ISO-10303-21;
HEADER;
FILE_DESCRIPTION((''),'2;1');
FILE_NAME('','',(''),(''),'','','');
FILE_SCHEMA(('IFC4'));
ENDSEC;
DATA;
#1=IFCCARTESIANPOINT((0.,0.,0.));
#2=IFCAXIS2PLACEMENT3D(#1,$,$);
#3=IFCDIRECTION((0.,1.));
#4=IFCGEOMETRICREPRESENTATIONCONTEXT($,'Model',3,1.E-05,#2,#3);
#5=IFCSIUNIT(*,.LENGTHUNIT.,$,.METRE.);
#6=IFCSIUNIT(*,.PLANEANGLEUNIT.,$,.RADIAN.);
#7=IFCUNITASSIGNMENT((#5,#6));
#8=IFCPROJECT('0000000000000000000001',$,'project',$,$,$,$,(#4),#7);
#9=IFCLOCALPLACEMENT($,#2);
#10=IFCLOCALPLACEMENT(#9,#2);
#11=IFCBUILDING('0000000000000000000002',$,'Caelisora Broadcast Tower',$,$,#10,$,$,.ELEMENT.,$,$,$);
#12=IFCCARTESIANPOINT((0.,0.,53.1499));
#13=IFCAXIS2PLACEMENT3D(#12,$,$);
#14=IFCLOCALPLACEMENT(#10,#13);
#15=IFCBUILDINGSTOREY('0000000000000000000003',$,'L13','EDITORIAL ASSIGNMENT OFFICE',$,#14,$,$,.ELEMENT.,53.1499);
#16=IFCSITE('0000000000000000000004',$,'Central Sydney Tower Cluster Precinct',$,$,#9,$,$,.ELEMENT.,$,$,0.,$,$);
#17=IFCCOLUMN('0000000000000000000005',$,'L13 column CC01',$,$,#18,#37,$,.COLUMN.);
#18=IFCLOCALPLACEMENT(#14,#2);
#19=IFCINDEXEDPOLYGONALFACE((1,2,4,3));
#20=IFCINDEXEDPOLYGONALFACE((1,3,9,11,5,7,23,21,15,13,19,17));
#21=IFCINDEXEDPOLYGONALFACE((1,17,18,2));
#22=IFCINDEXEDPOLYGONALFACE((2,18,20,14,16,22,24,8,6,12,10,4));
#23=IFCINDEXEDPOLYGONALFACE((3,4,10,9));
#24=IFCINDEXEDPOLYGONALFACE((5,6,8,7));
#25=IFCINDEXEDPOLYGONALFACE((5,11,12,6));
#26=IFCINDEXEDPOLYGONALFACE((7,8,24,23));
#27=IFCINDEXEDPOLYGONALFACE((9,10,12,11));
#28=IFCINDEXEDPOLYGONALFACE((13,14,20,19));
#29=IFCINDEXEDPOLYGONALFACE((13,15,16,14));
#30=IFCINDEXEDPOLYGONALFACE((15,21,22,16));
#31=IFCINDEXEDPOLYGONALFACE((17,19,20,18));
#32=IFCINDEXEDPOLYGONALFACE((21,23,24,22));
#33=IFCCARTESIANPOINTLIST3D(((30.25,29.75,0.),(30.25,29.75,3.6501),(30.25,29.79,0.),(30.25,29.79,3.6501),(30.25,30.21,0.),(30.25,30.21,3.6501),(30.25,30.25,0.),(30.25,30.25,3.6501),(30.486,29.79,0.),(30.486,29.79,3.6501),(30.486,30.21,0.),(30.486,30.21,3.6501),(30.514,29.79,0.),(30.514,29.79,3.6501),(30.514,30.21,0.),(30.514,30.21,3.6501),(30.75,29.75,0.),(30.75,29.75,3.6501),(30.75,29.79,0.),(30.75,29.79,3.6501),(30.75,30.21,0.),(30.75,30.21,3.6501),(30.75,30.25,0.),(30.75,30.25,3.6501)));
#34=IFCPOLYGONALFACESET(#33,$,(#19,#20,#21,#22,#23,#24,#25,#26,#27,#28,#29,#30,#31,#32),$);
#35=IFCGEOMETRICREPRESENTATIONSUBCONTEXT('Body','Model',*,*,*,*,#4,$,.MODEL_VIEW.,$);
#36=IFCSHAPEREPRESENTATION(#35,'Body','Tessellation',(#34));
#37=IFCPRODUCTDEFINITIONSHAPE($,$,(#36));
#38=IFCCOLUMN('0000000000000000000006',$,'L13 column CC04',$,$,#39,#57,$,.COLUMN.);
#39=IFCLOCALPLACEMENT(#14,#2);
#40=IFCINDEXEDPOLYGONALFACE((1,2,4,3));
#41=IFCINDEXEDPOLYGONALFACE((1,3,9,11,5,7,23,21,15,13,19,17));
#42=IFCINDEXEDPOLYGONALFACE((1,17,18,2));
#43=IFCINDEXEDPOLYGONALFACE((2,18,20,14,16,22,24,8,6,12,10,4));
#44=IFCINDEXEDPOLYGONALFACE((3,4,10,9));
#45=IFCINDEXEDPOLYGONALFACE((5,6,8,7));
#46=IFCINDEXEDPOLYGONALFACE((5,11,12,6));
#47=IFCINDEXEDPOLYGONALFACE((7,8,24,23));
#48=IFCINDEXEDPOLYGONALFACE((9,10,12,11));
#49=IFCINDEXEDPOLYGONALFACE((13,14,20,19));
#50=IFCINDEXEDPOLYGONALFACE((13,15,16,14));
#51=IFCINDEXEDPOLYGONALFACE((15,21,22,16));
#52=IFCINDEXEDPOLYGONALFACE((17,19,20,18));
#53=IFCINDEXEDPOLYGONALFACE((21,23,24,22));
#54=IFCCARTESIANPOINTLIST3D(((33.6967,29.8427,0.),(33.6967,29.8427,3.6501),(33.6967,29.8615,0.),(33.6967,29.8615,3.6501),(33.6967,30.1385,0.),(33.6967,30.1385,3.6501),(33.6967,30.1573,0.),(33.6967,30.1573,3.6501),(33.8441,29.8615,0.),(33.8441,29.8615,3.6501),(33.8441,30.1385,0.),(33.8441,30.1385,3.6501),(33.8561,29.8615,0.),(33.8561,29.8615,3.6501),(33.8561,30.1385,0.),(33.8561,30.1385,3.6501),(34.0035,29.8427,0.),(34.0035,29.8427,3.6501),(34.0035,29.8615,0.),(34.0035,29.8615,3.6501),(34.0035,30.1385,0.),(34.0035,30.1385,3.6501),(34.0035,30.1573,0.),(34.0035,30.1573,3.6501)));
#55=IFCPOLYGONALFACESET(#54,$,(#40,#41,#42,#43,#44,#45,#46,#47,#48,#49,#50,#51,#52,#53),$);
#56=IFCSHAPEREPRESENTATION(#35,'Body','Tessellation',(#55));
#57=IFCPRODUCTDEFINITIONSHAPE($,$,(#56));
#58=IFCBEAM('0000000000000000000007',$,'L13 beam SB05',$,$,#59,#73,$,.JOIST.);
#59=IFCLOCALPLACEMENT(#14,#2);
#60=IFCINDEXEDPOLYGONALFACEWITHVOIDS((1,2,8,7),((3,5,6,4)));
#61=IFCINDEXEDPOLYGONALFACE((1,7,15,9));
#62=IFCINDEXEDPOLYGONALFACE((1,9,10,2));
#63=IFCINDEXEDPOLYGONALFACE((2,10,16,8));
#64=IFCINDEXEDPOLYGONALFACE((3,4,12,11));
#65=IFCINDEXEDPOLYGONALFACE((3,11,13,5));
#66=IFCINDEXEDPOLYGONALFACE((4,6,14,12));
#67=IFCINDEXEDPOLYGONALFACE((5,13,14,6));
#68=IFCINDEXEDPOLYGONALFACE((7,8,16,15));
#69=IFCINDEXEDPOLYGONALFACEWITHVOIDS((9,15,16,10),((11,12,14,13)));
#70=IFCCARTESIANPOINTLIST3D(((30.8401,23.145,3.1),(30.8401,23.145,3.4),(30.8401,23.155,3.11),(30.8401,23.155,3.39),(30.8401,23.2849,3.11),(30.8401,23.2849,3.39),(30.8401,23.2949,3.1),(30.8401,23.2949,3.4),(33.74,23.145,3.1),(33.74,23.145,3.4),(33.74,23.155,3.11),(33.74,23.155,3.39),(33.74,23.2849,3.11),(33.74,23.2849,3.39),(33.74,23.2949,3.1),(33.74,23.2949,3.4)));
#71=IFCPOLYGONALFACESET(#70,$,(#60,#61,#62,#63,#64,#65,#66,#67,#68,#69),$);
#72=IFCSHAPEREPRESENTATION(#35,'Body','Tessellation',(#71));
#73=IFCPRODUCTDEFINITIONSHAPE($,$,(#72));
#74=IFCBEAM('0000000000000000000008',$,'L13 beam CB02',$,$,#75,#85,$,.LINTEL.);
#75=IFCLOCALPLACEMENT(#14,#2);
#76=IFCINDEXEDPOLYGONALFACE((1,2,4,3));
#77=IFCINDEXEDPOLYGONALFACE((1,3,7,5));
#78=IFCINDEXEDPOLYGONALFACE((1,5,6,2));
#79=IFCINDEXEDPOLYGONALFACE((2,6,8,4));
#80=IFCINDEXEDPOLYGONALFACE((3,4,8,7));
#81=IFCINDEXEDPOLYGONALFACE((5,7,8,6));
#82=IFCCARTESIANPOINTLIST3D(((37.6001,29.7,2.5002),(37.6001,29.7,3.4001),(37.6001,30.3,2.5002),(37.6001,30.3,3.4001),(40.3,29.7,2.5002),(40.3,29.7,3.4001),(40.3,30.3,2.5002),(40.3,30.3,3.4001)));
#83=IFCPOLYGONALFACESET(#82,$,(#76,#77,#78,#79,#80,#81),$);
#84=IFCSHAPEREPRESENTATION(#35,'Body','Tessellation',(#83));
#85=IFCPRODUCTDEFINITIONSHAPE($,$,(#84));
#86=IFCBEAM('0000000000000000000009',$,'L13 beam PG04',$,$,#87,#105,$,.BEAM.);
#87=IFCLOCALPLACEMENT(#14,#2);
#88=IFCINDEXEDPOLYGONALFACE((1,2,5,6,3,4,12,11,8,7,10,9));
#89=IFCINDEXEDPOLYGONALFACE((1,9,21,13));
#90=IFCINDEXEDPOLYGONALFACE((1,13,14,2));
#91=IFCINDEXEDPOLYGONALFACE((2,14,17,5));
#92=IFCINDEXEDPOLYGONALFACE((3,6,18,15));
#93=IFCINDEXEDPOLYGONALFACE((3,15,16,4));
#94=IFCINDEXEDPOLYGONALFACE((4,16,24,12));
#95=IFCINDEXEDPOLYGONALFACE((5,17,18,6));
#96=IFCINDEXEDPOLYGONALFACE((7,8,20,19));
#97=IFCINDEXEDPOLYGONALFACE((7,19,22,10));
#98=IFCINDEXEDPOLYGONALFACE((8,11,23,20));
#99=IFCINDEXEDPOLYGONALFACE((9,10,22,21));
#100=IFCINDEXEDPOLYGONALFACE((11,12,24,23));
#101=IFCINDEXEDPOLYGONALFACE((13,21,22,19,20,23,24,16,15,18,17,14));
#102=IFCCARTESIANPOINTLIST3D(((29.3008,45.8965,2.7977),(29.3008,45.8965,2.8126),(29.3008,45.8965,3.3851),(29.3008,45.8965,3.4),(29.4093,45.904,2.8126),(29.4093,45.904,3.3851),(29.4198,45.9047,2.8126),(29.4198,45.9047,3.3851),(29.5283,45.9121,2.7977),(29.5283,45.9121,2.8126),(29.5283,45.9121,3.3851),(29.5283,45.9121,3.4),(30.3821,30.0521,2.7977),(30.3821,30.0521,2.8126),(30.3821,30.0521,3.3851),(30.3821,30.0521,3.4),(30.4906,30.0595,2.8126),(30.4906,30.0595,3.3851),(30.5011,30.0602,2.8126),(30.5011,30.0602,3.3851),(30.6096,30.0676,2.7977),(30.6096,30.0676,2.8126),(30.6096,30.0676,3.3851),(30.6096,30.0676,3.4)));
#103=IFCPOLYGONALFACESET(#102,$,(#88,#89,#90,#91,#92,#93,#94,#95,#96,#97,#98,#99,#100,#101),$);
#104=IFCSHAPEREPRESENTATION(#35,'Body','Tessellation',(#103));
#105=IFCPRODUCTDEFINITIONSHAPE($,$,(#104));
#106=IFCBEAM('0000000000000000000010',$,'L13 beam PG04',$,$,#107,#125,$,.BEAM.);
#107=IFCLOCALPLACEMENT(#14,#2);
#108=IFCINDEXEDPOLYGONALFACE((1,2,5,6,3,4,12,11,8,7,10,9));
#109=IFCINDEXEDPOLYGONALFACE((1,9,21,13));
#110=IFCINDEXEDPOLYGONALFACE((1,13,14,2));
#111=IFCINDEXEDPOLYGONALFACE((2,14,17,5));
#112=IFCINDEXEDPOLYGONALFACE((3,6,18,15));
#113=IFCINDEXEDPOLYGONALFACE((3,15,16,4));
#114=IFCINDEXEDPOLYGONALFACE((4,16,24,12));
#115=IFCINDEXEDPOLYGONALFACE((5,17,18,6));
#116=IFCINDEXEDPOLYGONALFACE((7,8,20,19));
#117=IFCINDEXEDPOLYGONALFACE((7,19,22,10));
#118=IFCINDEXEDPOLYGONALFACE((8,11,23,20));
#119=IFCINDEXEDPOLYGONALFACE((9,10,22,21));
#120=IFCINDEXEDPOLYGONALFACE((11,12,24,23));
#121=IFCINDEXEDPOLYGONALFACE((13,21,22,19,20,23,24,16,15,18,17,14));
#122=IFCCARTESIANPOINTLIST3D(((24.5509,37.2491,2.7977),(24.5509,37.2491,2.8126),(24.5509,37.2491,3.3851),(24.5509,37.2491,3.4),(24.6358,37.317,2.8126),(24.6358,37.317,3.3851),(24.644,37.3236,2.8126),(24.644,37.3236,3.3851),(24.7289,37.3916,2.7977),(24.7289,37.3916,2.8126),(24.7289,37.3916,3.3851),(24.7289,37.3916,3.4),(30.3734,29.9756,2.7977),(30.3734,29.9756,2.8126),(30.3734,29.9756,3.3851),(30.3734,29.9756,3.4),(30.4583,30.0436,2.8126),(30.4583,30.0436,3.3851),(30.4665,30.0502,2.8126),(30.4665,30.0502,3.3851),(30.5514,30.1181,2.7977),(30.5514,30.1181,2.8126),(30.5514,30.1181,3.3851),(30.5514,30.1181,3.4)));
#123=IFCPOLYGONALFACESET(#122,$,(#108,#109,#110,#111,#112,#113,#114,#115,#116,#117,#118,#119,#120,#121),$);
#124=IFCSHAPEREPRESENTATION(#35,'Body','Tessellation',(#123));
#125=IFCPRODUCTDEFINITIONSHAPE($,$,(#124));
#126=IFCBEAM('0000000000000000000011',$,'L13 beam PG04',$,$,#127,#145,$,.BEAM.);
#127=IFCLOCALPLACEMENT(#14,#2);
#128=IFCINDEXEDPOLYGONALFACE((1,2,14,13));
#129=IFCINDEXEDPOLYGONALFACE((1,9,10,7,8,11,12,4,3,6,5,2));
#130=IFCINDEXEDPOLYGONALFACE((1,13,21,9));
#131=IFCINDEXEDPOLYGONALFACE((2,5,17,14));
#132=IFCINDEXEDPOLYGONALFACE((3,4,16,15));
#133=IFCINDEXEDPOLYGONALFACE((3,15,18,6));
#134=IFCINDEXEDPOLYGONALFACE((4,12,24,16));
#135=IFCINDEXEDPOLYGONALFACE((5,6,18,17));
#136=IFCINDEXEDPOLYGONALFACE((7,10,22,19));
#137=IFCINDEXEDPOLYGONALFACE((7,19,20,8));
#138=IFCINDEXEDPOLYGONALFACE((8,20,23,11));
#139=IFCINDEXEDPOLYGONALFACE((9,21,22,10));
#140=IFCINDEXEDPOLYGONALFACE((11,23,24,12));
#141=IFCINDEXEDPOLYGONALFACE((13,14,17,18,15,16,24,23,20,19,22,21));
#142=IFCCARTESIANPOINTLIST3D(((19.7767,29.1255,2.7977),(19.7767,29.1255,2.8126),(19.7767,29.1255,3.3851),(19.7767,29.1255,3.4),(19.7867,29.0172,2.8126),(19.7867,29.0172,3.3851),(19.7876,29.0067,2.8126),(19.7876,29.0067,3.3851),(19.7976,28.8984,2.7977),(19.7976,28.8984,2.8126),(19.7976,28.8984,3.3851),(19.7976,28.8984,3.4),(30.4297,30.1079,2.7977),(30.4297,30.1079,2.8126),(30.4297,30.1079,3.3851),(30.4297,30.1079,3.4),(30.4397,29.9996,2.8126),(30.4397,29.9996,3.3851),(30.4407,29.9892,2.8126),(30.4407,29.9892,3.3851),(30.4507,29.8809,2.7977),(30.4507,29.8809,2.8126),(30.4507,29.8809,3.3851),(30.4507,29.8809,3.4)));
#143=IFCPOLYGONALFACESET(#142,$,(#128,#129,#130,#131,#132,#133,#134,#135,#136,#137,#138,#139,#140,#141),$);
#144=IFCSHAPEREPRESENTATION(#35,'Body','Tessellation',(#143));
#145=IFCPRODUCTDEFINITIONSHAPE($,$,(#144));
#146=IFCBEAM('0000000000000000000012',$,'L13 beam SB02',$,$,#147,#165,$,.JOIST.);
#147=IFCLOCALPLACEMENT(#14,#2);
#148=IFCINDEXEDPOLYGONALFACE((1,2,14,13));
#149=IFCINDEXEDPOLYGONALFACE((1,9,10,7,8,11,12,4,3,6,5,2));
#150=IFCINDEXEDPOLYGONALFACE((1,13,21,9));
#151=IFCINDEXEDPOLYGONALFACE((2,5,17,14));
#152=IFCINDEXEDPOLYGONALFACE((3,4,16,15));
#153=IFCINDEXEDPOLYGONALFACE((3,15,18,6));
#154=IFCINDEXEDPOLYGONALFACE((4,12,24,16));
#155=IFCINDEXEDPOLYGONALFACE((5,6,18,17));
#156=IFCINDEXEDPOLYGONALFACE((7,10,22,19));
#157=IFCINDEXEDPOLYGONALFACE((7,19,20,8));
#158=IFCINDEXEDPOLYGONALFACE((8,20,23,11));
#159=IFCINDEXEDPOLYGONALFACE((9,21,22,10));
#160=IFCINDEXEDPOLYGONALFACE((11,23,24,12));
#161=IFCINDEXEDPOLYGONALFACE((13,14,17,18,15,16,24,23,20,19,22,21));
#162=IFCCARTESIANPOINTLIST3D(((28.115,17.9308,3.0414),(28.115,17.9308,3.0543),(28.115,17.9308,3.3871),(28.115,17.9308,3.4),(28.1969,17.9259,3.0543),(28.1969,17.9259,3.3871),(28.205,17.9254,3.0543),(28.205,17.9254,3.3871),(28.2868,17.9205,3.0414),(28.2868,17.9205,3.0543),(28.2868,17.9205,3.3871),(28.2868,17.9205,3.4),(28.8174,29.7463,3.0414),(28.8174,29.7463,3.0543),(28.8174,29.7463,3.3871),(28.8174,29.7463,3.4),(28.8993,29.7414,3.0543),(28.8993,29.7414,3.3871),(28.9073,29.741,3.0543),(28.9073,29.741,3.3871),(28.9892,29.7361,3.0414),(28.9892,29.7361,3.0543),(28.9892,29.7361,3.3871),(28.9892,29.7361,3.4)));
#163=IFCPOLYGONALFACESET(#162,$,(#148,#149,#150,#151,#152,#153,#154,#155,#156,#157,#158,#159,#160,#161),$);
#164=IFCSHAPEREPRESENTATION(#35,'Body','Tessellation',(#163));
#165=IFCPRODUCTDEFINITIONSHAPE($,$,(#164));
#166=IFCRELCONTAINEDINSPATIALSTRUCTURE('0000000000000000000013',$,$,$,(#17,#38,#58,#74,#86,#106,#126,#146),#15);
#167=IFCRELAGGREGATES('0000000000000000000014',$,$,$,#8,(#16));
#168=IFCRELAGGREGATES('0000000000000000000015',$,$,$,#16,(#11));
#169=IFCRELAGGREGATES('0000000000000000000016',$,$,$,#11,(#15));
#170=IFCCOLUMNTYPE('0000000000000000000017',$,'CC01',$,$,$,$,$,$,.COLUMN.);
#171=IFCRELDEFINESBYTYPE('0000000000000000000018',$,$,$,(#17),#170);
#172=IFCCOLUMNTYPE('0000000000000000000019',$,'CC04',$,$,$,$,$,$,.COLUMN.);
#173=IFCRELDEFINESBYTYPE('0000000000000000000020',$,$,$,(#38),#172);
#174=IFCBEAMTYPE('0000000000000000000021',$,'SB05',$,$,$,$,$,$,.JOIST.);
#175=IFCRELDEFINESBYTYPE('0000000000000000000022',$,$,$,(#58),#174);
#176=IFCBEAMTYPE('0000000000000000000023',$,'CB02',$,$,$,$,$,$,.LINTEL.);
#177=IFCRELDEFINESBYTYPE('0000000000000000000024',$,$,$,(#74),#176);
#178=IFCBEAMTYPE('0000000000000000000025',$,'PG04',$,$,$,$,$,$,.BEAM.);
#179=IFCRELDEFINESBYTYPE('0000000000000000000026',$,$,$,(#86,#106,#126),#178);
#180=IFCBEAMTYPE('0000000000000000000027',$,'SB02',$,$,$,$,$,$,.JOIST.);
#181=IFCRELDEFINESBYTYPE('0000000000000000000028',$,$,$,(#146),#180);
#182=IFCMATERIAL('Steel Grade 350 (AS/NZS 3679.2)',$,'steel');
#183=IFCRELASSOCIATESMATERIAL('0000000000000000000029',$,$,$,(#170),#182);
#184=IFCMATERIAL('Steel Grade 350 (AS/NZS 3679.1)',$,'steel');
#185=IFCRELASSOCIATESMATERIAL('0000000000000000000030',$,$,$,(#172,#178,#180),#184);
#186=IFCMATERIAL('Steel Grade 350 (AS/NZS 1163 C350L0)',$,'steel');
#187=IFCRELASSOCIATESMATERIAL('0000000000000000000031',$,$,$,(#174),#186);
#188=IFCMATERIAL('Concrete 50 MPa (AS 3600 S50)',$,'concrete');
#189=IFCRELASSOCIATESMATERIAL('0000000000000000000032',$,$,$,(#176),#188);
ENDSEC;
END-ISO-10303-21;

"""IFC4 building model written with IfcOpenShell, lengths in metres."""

from ifc_helpers import new_model, si_unit, direction, frame, origin, origin_2d, place, context, subcontext, project, spatial, rectangle, hollow_rectangle, i_section, extrude, source, transform, mapped, material, material_profile, profile_set, type_object, type_shapes, element, save


model = new_model("IFC4")

# Units and contexts
model_context = context("Model", 3, precision=1e-05, world=origin(), true_north=direction((0.0, 1.0)))
body_context = subcontext(model_context, "Body", "Model", "MODEL_VIEW")
ifc_project = project(units=[si_unit("LENGTHUNIT", "METRE"), si_unit("PLANEANGLEUNIT", "RADIAN")], contexts=[model_context])

# Site, building, storey
site_placement = place(None, origin())
site = spatial("IfcSite", under=ifc_project, at=site_placement, Name="Central Sydney Tower Cluster Precinct", CompositionType="ELEMENT", RefElevation=0.0)
building_placement = place(site_placement, origin())
building = spatial("IfcBuilding", under=site, at=building_placement, Name="Caelisora Broadcast Tower", CompositionType="ELEMENT")
storey_placement = place(building_placement, frame((0.0, 0.0, 53.1499)))
storey = spatial("IfcBuildingStorey", under=building, at=storey_placement, Name="L13", Description="EDITORIAL ASSIGNMENT OFFICE", CompositionType="ELEMENT", Elevation=53.1499)

# Columns
ifc_material_1 = material(Name="Steel Grade 350 (AS/NZS 3679.2)", Category="steel")
ifc_material_profile_1 = material_profile(ifc_material_1, i_section(OverallWidth=0.5, OverallDepth=0.5, WebThickness=0.0281, FlangeThickness=0.04, at=origin_2d()), Name="Steel Grade 350 (AS/NZS 3679.2)")
ifc_profile_set_1 = profile_set([ifc_material_profile_1], Name="Steel Grade 350 (AS/NZS 3679.2)")
column_type_1 = type_object("IfcColumnType", Name="CC01", PredefinedType="COLUMN", material=ifc_profile_set_1)
shared_shape_1 = source(origin(), body_context, "Body", "SweptSolid", [
    extrude(i_section(OverallWidth=0.5, OverallDepth=0.5, WebThickness=0.0281, FlangeThickness=0.04, at=origin_2d()), origin(), (0.0, 0.0, 1.0), 3.6501),
])
type_shapes(column_type_1, [shared_shape_1])
column_1_placement = place(storey_placement, frame((30.5, 30.0, 0.0), z_axis=(0.0, 0.0, 1.0), x_axis=(1.0, 0.0, 0.0)))
element("IfcColumn", 1, at=column_1_placement, inside=storey, type_object=column_type_1, Name="L13 column CC01", PredefinedType="COLUMN", context=body_context, shape_type="MappedRepresentation", body=[
    mapped(shared_shape_1, transform((0.0, 0.0, 0.0), scale=1.0)),
])
ifc_material_2 = material(Name="Steel Grade 350 (AS/NZS 3679.1)", Category="steel")
ifc_material_profile_2 = material_profile(ifc_material_2, i_section(OverallWidth=0.3069, OverallDepth=0.3147, WebThickness=0.012, FlangeThickness=0.0188, at=origin_2d()), Name="Steel Grade 350 (AS/NZS 3679.1)")
ifc_profile_set_2 = profile_set([ifc_material_profile_2], Name="Steel Grade 350 (AS/NZS 3679.1)")
column_type_2 = type_object("IfcColumnType", Name="CC04", PredefinedType="COLUMN", material=ifc_profile_set_2)
shared_shape_2 = source(origin(), body_context, "Body", "SweptSolid", [
    extrude(i_section(OverallWidth=0.3069, OverallDepth=0.3147, WebThickness=0.012, FlangeThickness=0.0188, at=origin_2d()), origin(), (0.0, 0.0, 1.0), 3.6501),
])
type_shapes(column_type_2, [shared_shape_2])
column_2_placement = place(storey_placement, frame((33.8501, 30.0, 0.0), z_axis=(0.0, 0.0, 1.0), x_axis=(1.0, 0.0, 0.0)))
element("IfcColumn", 2, at=column_2_placement, inside=storey, type_object=column_type_2, Name="L13 column CC04", PredefinedType="COLUMN", context=body_context, shape_type="MappedRepresentation", body=[
    mapped(shared_shape_2, transform((0.0, 0.0, 0.0), scale=1.0)),
])

# Beams
ifc_material_3 = material(Name="Steel Grade 350 (AS/NZS 1163 C350L0)", Category="steel")
ifc_material_profile_3 = material_profile(ifc_material_3, hollow_rectangle(XDim=0.1499, YDim=0.3, WallThickness=0.01, at=origin_2d()), Name="Steel Grade 350 (AS/NZS 1163 C350L0)")
ifc_profile_set_3 = profile_set([ifc_material_profile_3], Name="Steel Grade 350 (AS/NZS 1163 C350L0)")
beam_type_1 = type_object("IfcBeamType", Name="SB05", PredefinedType="JOIST", material=ifc_profile_set_3)
shared_shape_3 = source(origin(), body_context, "Body", "SweptSolid", [
    extrude(hollow_rectangle(XDim=0.1499, YDim=0.3, WallThickness=0.01, at=origin_2d()), origin(), (0.0, 0.0, 1.0), 2.8999),
])
type_shapes(beam_type_1, [shared_shape_3])
beam_1_placement = place(storey_placement, frame((30.8401, 23.22, 3.25), z_axis=(1.0, 0.0, 0.0), x_axis=(0.0, 1.0, 0.0)))
element("IfcBeam", 3, at=beam_1_placement, inside=storey, type_object=beam_type_1, Name="L13 beam SB05", PredefinedType="JOIST", context=body_context, shape_type="MappedRepresentation", body=[
    mapped(shared_shape_3, transform((0.0, 0.0, 0.0), scale=1.0)),
])
ifc_material_4 = material(Name="Concrete 50 MPa (AS 3600 S50)", Category="concrete")
ifc_material_profile_4 = material_profile(ifc_material_4, rectangle(XDim=0.6001, YDim=0.8999, at=origin_2d()), Name="Concrete 50 MPa (AS 3600 S50)")
ifc_profile_set_4 = profile_set([ifc_material_profile_4], Name="Concrete 50 MPa (AS 3600 S50)")
beam_type_2 = type_object("IfcBeamType", Name="CB02", PredefinedType="LINTEL", material=ifc_profile_set_4)
shared_shape_4 = source(origin(), body_context, "Body", "SweptSolid", [
    extrude(rectangle(XDim=0.6001, YDim=0.8999, at=origin_2d()), origin(), (0.0, 0.0, 1.0), 2.7),
])
type_shapes(beam_type_2, [shared_shape_4])
beam_2_placement = place(storey_placement, frame((37.6001, 30.0, 2.9502), z_axis=(1.0, 0.0, 0.0), x_axis=(0.0, 1.0, 0.0)))
element("IfcBeam", 4, at=beam_2_placement, inside=storey, type_object=beam_type_2, Name="L13 beam CB02", PredefinedType="LINTEL", context=body_context, shape_type="MappedRepresentation", body=[
    mapped(shared_shape_4, transform((0.0, 0.0, 0.0), scale=1.0)),
])
ifc_material_profile_5 = material_profile(ifc_material_2, i_section(OverallWidth=0.228, OverallDepth=0.6023, WebThickness=0.0105, FlangeThickness=0.0149, at=origin_2d()), Name="Steel Grade 350 (AS/NZS 3679.1)")
ifc_profile_set_5 = profile_set([ifc_material_profile_5], Name="Steel Grade 350 (AS/NZS 3679.1)")
beam_type_3 = type_object("IfcBeamType", Name="PG04", PredefinedType="BEAM", material=ifc_profile_set_5)
shared_shape_5 = source(origin(), body_context, "Body", "SweptSolid", [
    extrude(i_section(OverallWidth=0.228, OverallDepth=0.6023, WebThickness=0.0105, FlangeThickness=0.0149, at=origin_2d()), origin(), (0.0, 0.0, 1.0), 15.8813),
])
beam_3_placement = place(storey_placement, frame((30.4958, 30.0598, 3.0989), z_axis=(-0.068086, 0.997679, 0.0), x_axis=(-0.997679, -0.068086, 0.0)))
element("IfcBeam", 5, at=beam_3_placement, inside=storey, type_object=beam_type_3, Name="L13 beam PG04", PredefinedType="BEAM", context=body_context, shape_type="MappedRepresentation", body=[
    mapped(shared_shape_5, transform((0.0, 0.0, 0.0), scale=1.0)),
])
shared_shape_6 = source(origin(), body_context, "Body", "SweptSolid", [
    extrude(i_section(OverallWidth=0.228, OverallDepth=0.6023, WebThickness=0.0105, FlangeThickness=0.0149, at=origin_2d()), origin(), (0.0, 0.0, 1.0), 9.3169),
])
beam_4_placement = place(storey_placement, frame((30.4624, 30.0469, 3.0989), z_axis=(-0.624941, 0.780672, 0.0), x_axis=(-0.780672, -0.624941, 0.0)))
element("IfcBeam", 6, at=beam_4_placement, inside=storey, type_object=beam_type_3, Name="L13 beam PG04", PredefinedType="BEAM", context=body_context, shape_type="MappedRepresentation", body=[
    mapped(shared_shape_6, transform((0.0, 0.0, 0.0), scale=1.0)),
])
shared_shape_7 = source(origin(), body_context, "Body", "SweptSolid", [
    extrude(i_section(OverallWidth=0.228, OverallDepth=0.6023, WebThickness=0.0105, FlangeThickness=0.0149, at=origin_2d()), origin(), (0.0, 0.0, 1.0), 10.6982),
])
type_shapes(beam_type_3, [shared_shape_5, shared_shape_6, shared_shape_7])
beam_5_placement = place(storey_placement, frame((30.4402, 29.9944, 3.0989), z_axis=(-0.995775, -0.09183, 0.0), x_axis=(0.09183, -0.995775, 0.0)))
element("IfcBeam", 7, at=beam_5_placement, inside=storey, type_object=beam_type_3, Name="L13 beam PG04", PredefinedType="BEAM", context=body_context, shape_type="MappedRepresentation", body=[
    mapped(shared_shape_7, transform((0.0, 0.0, 0.0), scale=1.0)),
])
ifc_material_profile_6 = material_profile(ifc_material_2, i_section(OverallWidth=0.1721, OverallDepth=0.3586, WebThickness=0.0081, FlangeThickness=0.0129, at=origin_2d()), Name="Steel Grade 350 (AS/NZS 3679.1)")
ifc_profile_set_6 = profile_set([ifc_material_profile_6], Name="Steel Grade 350 (AS/NZS 3679.1)")
beam_type_4 = type_object("IfcBeamType", Name="SB02", PredefinedType="JOIST", material=ifc_profile_set_6)
shared_shape_8 = source(origin(), body_context, "Body", "SweptSolid", [
    extrude(i_section(OverallWidth=0.1721, OverallDepth=0.3586, WebThickness=0.0081, FlangeThickness=0.0129, at=origin_2d()), origin(), (0.0, 0.0, 1.0), 11.8364),
])
beam_6_placement = place(storey_placement, frame((28.9033, 29.7412, 3.2207), z_axis=(-0.059341, -0.998238, 0.0), x_axis=(0.998238, -0.059341, 0.0)))
element("IfcBeam", 8, at=beam_6_placement, inside=storey, type_object=beam_type_4, Name="L13 beam SB02", PredefinedType="JOIST", context=body_context, shape_type="MappedRepresentation", body=[
    mapped(shared_shape_8, transform((0.0, 0.0, 0.0), scale=1.0)),
])

save(model, "model.ifc")
